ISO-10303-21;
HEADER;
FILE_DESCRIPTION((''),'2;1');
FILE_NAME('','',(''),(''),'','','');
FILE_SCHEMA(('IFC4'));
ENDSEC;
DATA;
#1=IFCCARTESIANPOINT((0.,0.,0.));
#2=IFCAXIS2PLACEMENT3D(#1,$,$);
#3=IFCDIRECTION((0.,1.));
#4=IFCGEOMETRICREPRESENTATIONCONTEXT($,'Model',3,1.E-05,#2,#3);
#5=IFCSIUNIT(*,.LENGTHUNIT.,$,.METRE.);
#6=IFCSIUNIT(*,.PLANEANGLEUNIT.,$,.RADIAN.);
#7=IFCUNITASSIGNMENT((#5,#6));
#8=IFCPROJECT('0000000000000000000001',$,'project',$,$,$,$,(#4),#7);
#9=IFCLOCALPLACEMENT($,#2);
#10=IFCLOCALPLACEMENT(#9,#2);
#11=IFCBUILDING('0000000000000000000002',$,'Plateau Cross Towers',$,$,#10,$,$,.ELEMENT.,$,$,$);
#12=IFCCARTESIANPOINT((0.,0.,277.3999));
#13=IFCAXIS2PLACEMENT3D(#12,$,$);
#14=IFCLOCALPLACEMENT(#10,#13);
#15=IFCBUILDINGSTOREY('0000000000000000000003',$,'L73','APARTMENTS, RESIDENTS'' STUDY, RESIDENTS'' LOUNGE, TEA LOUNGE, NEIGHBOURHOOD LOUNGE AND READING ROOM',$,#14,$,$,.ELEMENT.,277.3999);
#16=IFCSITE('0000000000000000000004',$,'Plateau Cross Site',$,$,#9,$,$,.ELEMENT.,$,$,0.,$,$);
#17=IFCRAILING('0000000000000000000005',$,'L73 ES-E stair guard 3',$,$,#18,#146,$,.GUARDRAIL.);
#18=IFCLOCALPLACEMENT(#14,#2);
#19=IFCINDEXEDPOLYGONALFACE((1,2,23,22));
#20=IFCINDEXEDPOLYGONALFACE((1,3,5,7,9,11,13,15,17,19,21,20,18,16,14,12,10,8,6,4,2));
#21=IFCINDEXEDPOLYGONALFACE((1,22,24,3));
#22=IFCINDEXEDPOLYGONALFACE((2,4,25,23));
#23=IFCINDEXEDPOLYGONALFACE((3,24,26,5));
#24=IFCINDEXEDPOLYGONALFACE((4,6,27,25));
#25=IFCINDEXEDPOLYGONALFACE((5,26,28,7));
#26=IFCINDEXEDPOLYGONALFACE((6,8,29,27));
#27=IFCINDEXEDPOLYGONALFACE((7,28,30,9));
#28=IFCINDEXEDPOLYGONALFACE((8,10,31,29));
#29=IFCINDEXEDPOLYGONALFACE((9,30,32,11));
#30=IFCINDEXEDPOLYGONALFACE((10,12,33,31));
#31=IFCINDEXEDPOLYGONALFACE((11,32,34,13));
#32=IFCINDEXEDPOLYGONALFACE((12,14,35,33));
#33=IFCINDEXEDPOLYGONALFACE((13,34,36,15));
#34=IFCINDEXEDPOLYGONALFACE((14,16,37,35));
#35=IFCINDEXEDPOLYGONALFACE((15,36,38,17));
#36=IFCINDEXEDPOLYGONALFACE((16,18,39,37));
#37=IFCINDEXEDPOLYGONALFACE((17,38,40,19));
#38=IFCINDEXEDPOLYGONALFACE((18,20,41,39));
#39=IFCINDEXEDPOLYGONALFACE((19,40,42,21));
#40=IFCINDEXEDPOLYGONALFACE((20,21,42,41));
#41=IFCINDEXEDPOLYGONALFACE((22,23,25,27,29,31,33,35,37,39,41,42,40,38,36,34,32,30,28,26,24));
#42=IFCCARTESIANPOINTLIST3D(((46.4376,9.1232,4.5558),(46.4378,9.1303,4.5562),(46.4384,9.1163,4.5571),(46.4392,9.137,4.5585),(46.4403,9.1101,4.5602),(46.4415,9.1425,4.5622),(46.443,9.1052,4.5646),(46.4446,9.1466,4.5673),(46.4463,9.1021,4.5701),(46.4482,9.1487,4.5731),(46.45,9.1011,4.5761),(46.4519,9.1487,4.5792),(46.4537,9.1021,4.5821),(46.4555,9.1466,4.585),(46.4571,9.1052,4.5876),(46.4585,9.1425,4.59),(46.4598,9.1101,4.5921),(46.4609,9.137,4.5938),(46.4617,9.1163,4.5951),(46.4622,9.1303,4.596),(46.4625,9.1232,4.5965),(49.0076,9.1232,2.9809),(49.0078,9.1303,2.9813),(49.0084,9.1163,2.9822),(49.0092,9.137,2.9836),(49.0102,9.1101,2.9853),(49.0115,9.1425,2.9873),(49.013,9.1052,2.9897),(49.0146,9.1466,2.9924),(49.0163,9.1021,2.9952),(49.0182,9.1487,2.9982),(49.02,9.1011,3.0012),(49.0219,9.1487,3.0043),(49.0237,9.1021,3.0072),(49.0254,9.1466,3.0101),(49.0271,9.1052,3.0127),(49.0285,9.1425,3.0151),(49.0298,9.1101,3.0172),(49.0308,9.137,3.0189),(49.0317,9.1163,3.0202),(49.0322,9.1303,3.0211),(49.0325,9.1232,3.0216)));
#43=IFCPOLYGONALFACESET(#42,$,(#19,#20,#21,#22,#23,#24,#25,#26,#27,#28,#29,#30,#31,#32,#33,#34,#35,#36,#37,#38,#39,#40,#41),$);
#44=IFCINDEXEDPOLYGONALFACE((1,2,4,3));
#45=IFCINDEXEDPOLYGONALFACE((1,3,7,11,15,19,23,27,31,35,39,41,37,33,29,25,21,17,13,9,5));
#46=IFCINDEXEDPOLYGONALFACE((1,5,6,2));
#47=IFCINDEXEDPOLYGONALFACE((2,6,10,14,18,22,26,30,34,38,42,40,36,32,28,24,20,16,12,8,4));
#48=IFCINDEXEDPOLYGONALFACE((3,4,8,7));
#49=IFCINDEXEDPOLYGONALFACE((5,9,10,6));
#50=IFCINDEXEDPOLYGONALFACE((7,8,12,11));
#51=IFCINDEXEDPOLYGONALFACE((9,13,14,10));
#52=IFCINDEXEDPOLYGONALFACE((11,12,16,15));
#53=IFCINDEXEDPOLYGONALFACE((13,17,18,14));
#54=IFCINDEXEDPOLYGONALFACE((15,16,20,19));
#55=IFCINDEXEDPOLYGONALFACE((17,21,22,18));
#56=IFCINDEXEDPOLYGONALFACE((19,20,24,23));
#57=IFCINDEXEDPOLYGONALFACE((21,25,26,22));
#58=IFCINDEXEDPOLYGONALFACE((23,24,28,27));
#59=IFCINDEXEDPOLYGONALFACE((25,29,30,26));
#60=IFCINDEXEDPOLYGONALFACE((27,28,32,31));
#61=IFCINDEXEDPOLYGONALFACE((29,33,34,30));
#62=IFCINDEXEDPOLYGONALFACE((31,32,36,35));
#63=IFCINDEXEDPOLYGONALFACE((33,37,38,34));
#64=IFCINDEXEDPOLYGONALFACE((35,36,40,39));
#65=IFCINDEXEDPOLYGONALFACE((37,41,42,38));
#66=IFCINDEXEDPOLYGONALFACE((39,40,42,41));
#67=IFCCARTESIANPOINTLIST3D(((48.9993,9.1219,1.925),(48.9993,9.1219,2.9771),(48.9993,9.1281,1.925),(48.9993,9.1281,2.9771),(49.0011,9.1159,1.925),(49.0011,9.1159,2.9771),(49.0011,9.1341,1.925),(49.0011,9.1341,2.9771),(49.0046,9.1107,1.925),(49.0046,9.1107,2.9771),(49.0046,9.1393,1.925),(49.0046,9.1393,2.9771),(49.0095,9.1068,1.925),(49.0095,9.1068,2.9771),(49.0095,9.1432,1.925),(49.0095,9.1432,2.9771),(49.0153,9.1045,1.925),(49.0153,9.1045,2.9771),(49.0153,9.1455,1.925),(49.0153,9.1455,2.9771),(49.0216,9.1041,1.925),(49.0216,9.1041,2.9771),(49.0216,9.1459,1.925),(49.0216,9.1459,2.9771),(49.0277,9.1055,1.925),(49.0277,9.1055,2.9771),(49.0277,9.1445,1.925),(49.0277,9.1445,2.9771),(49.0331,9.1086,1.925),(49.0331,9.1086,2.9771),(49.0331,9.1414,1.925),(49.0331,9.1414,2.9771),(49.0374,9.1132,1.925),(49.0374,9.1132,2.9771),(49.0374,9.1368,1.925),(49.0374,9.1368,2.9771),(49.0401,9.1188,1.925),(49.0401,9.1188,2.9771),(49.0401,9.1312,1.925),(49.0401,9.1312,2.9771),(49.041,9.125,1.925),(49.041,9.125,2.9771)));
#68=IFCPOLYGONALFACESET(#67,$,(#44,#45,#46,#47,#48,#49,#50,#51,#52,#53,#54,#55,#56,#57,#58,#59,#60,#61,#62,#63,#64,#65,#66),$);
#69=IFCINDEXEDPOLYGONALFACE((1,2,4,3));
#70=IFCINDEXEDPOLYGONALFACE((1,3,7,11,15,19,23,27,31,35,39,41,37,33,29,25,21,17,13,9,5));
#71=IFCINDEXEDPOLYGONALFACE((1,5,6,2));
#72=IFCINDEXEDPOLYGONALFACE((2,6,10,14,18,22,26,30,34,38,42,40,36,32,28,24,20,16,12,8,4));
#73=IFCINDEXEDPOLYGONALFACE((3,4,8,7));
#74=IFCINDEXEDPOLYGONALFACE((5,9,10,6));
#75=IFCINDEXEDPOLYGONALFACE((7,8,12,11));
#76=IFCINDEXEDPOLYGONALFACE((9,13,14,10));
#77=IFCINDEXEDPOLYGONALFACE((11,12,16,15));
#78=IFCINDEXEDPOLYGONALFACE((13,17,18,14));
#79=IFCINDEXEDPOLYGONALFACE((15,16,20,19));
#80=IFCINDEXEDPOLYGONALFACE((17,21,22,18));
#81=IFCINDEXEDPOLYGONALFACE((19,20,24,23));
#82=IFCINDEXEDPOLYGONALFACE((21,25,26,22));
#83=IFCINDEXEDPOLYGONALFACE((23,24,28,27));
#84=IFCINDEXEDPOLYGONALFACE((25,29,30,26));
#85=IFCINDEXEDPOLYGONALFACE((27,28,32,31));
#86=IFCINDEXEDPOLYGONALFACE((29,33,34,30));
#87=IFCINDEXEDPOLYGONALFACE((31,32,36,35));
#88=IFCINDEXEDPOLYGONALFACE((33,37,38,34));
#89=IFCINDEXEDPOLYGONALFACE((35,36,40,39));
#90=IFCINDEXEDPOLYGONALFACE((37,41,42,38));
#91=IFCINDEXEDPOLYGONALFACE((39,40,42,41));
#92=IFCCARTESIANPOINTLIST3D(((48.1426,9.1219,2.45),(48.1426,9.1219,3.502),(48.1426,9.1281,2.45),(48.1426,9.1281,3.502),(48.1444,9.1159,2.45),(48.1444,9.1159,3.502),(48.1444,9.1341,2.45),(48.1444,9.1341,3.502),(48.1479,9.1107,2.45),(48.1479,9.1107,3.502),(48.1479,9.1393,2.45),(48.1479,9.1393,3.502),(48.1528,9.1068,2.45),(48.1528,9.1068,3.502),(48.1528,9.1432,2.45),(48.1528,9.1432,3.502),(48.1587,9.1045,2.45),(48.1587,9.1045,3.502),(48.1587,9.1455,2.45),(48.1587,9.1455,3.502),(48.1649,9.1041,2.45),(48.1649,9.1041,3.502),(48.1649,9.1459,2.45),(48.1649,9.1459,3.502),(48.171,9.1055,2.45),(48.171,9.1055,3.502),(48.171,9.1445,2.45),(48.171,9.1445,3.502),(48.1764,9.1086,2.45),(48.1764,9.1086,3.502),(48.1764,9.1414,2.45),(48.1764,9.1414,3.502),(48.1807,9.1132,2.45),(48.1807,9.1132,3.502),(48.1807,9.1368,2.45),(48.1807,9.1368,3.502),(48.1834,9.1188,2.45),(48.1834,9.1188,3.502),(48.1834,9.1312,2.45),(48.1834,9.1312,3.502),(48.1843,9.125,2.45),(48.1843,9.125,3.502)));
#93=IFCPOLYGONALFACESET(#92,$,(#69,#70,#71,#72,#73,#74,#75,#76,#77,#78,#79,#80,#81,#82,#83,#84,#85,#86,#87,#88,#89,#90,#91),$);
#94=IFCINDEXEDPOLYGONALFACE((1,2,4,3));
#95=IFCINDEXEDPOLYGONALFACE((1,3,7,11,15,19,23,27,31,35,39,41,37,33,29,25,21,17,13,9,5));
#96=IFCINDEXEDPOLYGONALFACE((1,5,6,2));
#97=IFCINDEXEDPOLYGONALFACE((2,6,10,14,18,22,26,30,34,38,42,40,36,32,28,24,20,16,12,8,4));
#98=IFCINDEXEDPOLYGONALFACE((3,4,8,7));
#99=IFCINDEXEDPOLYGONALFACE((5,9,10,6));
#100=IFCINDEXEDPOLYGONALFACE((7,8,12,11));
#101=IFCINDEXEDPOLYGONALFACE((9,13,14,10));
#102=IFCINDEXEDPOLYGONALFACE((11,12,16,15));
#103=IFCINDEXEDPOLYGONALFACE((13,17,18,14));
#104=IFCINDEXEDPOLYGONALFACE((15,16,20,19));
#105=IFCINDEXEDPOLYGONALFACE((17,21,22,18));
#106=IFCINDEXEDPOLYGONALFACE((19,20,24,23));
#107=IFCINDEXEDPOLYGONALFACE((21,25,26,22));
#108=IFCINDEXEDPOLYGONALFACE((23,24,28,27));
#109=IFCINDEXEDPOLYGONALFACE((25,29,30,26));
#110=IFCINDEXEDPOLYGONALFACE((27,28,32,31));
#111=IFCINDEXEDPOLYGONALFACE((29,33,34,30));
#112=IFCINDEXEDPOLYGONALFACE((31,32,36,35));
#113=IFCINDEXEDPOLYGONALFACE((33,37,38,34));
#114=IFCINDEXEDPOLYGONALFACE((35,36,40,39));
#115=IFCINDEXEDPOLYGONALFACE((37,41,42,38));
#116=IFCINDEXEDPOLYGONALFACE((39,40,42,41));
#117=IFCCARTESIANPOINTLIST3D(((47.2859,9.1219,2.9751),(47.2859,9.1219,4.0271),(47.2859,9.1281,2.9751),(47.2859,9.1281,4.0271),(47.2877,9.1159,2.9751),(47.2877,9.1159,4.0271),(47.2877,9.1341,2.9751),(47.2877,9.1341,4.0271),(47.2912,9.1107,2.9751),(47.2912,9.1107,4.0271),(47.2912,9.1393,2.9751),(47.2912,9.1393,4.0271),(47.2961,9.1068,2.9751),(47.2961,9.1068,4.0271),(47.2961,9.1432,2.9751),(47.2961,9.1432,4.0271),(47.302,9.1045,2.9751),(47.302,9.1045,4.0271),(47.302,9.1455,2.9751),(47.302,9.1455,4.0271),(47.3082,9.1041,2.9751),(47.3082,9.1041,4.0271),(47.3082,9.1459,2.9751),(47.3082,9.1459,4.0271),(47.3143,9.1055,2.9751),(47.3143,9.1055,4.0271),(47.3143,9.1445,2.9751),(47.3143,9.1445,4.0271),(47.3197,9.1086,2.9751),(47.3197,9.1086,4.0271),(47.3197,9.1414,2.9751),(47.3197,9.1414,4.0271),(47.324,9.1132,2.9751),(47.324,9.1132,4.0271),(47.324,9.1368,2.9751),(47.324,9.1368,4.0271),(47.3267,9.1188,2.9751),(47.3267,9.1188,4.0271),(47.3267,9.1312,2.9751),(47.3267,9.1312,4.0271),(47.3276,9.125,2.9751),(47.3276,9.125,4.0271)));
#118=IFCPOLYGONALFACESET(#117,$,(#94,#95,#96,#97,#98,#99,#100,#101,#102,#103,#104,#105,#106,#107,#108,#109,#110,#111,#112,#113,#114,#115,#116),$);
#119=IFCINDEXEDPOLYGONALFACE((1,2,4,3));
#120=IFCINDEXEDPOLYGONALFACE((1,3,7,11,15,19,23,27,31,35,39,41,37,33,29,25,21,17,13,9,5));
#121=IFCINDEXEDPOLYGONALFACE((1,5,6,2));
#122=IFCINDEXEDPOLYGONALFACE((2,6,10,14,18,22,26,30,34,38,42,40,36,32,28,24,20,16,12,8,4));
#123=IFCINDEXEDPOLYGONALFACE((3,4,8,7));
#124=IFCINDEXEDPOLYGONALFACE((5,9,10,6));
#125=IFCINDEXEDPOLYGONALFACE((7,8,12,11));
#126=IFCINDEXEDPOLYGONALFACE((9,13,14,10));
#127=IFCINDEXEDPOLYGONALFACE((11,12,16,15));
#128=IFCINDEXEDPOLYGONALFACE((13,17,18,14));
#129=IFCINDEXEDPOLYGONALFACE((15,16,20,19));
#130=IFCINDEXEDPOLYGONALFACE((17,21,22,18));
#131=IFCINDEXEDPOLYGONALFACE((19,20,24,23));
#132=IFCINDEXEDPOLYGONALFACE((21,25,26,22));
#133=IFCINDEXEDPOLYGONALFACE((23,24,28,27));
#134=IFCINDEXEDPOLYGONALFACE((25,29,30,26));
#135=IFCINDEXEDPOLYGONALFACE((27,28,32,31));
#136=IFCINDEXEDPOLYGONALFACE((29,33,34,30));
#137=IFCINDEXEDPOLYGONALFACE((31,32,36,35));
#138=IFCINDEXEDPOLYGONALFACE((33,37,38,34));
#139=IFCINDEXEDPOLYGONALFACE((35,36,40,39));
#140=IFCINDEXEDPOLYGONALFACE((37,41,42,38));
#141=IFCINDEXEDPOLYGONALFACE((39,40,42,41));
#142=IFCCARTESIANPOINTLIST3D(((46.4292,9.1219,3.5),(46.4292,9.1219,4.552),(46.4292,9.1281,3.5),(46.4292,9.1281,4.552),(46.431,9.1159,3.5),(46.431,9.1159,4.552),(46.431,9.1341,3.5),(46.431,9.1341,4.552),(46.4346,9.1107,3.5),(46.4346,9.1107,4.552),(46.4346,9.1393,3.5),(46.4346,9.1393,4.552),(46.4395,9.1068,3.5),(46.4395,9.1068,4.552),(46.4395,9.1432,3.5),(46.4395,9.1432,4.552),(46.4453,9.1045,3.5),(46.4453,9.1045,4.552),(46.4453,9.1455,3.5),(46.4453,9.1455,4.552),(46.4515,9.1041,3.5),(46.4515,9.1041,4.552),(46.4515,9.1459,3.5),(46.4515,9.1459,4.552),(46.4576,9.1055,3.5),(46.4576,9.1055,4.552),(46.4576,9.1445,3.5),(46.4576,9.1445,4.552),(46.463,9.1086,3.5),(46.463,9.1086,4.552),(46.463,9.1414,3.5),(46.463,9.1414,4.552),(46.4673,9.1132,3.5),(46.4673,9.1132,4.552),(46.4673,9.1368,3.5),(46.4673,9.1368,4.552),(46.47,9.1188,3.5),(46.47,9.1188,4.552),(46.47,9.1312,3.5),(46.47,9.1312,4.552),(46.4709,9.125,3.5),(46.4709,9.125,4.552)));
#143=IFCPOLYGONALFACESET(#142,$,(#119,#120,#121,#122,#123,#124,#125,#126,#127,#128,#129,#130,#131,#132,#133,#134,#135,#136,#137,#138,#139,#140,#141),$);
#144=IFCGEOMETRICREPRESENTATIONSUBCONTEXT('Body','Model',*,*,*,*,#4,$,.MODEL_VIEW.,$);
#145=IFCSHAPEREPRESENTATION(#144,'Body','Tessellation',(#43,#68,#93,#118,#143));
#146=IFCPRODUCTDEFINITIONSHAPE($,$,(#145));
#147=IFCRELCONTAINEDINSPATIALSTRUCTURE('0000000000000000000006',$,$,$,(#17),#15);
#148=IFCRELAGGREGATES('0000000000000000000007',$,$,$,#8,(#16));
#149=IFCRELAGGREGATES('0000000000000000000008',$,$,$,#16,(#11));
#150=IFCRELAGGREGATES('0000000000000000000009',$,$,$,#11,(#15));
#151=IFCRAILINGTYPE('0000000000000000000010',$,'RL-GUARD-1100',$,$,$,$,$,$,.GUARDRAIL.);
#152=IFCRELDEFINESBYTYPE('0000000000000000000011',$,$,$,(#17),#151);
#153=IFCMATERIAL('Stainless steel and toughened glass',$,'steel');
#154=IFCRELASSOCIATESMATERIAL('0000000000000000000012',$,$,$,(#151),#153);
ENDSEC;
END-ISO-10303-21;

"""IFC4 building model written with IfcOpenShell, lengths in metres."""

from ifc_helpers import new_model, si_unit, direction, frame, origin, origin_2d, place, context, subcontext, project, spatial, circle, extrude, material, type_object, element, save


model = new_model("IFC4")

# Units and contexts
model_context = context("Model", 3, precision=1e-05, world=origin(), true_north=direction((0.0, 1.0)))
body_context = subcontext(model_context, "Body", "Model", "MODEL_VIEW")
ifc_project = project(units=[si_unit("LENGTHUNIT", "METRE"), si_unit("PLANEANGLEUNIT", "RADIAN")], contexts=[model_context])

# Site, building, storey
site_placement = place(None, origin())
site = spatial("IfcSite", under=ifc_project, at=site_placement, Name="Plateau Cross Site", CompositionType="ELEMENT", RefElevation=0.0)
building_placement = place(site_placement, origin())
building = spatial("IfcBuilding", under=site, at=building_placement, Name="Plateau Cross Towers", CompositionType="ELEMENT")
storey_placement = place(building_placement, frame((0.0, 0.0, 277.3999)))
storey = spatial("IfcBuildingStorey", under=building, at=storey_placement, Name="L73", Description="APARTMENTS, RESIDENTS' STUDY, RESIDENTS' LOUNGE, TEA LOUNGE, NEIGHBOURHOOD LOUNGE AND READING ROOM", CompositionType="ELEMENT", Elevation=277.3999)

# Railing
ifc_material_1 = material(Name="Stainless steel and toughened glass", Category="steel")
railing_type_1 = type_object("IfcRailingType", Name="RL-GUARD-1100", PredefinedType="GUARDRAIL", material=ifc_material_1)
railing_1_placement = place(storey_placement, frame((49.02, 9.125, 1.925)))
element("IfcRailing", 1, at=railing_1_placement, inside=storey, type_object=railing_type_1, Name="L73 ES-E stair guard 3", PredefinedType="GUARDRAIL", context=body_context, shape_type="SweptSolid", body=[
    extrude(circle(Radius=0.0239, at=origin_2d()), frame((0.0, 0.0, 1.0762), z_axis=(-0.852639, 0.0, 0.522501), x_axis=(0.0, -1.0, 0.0)), (0.0, 0.0, 1.0), 3.0142),
    extrude(circle(Radius=0.021, at=origin_2d()), origin(), (0.0, 0.0, 1.0), 1.052),
    extrude(circle(Radius=0.021, at=origin_2d()), frame((-0.8567, 0.0, 0.5249)), (0.0, 0.0, 1.0), 1.052),
    extrude(circle(Radius=0.021, at=origin_2d()), frame((-1.7134, 0.0, 1.05)), (0.0, 0.0, 1.0), 1.052),
    extrude(circle(Radius=0.021, at=origin_2d()), frame((-2.5701, 0.0, 1.575)), (0.0, 0.0, 1.0), 1.052),
])

save(model, "model.ifc")
